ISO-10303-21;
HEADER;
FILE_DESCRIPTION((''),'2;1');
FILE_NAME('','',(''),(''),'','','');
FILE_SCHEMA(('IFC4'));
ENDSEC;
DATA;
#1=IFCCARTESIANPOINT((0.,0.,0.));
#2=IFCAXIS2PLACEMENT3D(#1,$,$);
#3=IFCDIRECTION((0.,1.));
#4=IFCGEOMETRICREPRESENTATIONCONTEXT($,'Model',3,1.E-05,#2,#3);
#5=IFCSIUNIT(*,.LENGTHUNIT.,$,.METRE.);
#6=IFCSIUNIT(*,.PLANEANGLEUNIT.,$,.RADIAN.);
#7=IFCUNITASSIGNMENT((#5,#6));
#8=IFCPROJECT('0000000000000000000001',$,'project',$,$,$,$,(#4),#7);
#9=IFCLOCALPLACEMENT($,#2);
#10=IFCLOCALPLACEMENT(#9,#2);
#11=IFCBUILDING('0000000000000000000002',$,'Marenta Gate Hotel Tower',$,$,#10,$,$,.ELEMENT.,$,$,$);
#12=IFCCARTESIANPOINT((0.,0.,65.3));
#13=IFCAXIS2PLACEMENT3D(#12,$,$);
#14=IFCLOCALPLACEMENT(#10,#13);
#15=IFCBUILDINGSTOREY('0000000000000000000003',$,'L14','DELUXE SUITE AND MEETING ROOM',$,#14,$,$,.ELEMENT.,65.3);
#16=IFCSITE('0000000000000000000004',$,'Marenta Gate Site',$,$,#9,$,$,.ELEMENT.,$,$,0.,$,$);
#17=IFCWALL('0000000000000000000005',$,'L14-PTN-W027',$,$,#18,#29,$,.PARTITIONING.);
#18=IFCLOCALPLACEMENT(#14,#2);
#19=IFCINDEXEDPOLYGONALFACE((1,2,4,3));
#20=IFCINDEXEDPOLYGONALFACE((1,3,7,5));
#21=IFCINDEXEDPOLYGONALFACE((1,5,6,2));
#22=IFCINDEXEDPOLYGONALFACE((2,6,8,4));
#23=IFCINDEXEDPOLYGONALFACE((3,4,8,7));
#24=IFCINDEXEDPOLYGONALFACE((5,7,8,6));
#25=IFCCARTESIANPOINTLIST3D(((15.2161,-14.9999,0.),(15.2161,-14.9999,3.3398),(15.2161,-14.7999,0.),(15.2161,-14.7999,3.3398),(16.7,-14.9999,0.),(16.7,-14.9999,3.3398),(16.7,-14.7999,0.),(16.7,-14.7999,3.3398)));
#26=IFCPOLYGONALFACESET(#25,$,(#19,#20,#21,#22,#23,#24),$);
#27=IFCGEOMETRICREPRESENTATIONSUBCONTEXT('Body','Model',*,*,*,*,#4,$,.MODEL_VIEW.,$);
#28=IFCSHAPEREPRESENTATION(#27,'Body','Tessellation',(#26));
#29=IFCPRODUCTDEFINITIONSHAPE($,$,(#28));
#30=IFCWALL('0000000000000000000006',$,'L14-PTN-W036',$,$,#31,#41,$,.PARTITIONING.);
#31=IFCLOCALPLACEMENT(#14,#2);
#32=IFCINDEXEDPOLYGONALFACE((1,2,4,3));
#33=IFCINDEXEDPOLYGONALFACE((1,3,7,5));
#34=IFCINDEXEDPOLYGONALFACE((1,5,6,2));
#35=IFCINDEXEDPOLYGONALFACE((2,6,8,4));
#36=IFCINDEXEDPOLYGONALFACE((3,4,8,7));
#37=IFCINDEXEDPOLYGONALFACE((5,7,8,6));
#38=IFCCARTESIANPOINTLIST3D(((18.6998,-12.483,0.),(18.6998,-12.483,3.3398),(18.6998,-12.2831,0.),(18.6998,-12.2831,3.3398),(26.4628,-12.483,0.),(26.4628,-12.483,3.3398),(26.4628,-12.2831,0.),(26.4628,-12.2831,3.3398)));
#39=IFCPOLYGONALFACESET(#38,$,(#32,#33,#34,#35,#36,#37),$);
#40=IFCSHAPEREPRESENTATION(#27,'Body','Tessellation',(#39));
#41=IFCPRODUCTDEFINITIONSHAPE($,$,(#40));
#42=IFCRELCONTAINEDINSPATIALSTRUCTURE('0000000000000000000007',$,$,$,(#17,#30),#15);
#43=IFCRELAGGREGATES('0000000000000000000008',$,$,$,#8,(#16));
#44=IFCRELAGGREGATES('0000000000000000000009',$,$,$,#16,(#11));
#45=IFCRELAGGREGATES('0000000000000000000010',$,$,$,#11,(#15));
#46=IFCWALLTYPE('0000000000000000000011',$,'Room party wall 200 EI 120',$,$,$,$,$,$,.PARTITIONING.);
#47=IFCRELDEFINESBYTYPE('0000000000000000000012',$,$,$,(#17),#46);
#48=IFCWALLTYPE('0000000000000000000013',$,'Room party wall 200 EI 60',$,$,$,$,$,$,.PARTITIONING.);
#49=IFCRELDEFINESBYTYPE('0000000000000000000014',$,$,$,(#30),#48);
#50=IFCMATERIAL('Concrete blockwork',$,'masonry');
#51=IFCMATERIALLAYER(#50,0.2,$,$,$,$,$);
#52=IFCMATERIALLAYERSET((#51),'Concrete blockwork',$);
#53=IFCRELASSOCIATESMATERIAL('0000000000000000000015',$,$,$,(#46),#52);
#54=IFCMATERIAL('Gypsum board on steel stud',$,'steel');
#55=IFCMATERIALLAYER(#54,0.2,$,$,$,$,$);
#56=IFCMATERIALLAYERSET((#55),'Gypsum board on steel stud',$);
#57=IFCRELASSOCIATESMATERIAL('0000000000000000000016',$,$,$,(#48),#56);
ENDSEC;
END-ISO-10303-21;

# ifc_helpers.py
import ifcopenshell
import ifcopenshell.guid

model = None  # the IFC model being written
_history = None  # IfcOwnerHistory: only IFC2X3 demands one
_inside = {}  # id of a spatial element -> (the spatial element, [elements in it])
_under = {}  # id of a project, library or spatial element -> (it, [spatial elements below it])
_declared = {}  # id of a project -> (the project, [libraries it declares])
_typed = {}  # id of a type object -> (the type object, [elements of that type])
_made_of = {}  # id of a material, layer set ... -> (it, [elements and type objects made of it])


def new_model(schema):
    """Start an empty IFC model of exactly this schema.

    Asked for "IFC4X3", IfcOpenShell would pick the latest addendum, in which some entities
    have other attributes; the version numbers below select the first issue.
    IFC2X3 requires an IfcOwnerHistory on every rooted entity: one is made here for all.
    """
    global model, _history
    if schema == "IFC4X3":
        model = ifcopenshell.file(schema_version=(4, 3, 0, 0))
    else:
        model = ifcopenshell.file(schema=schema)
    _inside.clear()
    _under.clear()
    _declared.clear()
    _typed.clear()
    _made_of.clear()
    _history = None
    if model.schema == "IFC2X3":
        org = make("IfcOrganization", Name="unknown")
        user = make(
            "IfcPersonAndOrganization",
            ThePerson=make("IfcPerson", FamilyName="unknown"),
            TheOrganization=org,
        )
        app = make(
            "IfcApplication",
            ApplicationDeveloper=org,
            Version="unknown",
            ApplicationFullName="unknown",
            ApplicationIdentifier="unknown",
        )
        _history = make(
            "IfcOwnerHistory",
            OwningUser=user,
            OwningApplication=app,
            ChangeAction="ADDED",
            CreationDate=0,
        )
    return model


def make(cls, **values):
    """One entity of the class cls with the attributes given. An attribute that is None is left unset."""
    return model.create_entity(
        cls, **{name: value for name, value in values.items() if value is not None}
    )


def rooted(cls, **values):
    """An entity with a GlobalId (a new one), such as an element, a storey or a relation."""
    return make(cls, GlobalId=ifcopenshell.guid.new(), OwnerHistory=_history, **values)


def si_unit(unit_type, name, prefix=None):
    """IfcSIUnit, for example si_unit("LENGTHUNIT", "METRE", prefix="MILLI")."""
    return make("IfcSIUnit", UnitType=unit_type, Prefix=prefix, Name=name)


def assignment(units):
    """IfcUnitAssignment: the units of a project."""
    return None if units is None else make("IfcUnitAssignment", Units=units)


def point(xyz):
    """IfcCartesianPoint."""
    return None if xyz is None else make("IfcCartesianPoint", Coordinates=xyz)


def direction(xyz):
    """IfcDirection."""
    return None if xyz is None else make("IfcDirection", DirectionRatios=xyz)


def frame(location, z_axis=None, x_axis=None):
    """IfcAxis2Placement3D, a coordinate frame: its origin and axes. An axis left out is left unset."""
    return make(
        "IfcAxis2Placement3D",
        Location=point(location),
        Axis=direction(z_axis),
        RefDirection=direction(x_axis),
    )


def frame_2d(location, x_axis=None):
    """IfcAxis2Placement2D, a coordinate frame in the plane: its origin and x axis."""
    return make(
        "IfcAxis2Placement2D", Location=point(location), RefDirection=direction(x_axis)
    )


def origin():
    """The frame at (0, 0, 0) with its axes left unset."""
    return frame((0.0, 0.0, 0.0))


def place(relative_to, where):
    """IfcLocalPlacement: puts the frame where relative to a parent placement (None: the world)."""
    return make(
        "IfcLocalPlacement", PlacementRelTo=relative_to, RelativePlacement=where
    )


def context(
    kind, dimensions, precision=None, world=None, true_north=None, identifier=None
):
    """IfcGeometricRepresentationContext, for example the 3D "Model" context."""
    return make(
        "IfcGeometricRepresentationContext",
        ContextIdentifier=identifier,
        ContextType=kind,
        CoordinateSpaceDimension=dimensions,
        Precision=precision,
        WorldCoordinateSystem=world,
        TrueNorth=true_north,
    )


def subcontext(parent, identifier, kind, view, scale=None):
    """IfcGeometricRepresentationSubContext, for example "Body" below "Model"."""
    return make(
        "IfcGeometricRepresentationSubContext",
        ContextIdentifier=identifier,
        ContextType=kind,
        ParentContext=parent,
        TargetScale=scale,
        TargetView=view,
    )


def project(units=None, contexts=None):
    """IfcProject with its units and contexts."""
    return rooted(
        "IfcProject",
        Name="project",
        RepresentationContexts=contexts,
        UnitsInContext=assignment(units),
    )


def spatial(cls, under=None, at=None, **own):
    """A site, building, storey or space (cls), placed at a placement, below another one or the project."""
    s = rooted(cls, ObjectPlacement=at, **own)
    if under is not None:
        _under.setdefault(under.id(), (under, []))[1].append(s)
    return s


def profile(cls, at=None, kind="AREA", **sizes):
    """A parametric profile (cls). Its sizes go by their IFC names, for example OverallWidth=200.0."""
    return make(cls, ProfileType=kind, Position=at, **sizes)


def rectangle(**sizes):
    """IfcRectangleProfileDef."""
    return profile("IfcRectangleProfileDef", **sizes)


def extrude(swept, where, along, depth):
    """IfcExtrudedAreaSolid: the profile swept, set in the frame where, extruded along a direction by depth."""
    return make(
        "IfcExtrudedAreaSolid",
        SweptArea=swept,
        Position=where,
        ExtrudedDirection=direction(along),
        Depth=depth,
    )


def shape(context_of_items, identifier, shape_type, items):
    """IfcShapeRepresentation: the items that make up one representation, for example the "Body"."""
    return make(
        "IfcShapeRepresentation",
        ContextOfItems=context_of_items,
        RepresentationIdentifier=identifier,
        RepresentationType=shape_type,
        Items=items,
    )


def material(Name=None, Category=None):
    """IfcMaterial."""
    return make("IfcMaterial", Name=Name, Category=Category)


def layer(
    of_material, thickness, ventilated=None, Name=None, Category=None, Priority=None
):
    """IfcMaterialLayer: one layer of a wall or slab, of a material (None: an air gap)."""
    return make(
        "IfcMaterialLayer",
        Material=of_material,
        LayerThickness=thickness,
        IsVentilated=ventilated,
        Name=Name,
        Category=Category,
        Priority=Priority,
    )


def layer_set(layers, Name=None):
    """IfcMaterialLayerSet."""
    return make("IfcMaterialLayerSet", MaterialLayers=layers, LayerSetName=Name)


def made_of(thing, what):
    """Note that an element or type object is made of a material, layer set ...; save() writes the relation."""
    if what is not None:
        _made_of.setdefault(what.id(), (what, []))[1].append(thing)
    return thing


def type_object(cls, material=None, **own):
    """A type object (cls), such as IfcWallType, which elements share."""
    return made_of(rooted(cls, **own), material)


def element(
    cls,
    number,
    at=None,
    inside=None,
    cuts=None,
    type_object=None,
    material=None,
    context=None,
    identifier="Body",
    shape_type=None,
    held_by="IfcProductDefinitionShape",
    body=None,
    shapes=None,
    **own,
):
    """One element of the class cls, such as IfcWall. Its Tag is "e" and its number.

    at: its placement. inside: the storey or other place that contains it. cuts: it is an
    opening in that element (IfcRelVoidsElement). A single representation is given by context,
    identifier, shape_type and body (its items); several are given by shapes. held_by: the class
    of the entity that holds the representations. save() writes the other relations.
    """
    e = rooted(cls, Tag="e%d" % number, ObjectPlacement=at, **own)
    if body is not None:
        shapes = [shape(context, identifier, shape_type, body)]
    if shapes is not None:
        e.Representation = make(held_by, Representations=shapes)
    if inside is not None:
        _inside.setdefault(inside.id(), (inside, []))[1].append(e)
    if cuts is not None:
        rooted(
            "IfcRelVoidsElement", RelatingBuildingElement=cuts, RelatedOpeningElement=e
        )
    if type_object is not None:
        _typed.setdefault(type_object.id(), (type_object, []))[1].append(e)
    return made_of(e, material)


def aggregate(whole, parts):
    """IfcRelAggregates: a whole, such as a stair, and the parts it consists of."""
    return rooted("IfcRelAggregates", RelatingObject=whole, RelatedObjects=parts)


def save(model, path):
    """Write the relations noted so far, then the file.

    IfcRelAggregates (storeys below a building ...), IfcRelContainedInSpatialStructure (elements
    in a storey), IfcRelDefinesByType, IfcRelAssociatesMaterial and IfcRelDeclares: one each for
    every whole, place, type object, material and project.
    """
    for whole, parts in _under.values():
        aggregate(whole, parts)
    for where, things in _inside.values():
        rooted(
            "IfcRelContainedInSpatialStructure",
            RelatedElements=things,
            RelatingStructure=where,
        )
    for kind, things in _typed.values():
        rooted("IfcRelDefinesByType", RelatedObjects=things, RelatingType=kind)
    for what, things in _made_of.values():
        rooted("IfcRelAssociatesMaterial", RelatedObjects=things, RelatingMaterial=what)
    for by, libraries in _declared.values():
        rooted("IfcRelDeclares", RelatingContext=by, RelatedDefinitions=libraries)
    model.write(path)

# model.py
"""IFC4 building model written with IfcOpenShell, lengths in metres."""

from ifc_helpers import new_model, si_unit, direction, frame, frame_2d, origin, place, context, subcontext, project, spatial, rectangle, extrude, material, layer, layer_set, type_object, element, save


model = new_model("IFC4")

# Units and contexts
model_context = context("Model", 3, precision=1e-05, world=origin(), true_north=direction((0.0, 1.0)))
body_context = subcontext(model_context, "Body", "Model", "MODEL_VIEW")
ifc_project = project(units=[si_unit("LENGTHUNIT", "METRE"), si_unit("PLANEANGLEUNIT", "RADIAN")], contexts=[model_context])

# Site, building, storey
site_placement = place(None, origin())
site = spatial("IfcSite", under=ifc_project, at=site_placement, Name="Marenta Gate Site", CompositionType="ELEMENT", RefElevation=0.0)
building_placement = place(site_placement, origin())
building = spatial("IfcBuilding", under=site, at=building_placement, Name="Marenta Gate Hotel Tower", CompositionType="ELEMENT")
storey_placement = place(building_placement, frame((0.0, 0.0, 65.3)))
storey = spatial("IfcBuildingStorey", under=building, at=storey_placement, Name="L14", Description="DELUXE SUITE AND MEETING ROOM", CompositionType="ELEMENT", Elevation=65.3)

# Walls
ifc_material_1 = material(Name="Concrete blockwork", Category="masonry")
ifc_layer_1 = layer(ifc_material_1, 0.2)
ifc_layer_set_1 = layer_set([ifc_layer_1], Name="Concrete blockwork")
wall_type_1 = type_object("IfcWallType", Name="Room party wall 200 EI 120", PredefinedType="PARTITIONING", material=ifc_layer_set_1)
wall_1_placement = place(storey_placement, frame((15.2161, -14.8999, 0.0), z_axis=(0.0, 0.0, 1.0), x_axis=(1.0, 0.0, 0.0)))
element("IfcWall", 1, at=wall_1_placement, inside=storey, type_object=wall_type_1, Name="L14-PTN-W027", PredefinedType="PARTITIONING", context=body_context, shape_type="SweptSolid", body=[
    extrude(rectangle(XDim=1.4839, YDim=0.2, at=frame_2d((0.7419, 0.0))), origin(), (0.0, 0.0, 1.0), 3.3398),
])
ifc_material_2 = material(Name="Gypsum board on steel stud", Category="steel")
ifc_layer_2 = layer(ifc_material_2, 0.2)
ifc_layer_set_2 = layer_set([ifc_layer_2], Name="Gypsum board on steel stud")
wall_type_2 = type_object("IfcWallType", Name="Room party wall 200 EI 60", PredefinedType="PARTITIONING", material=ifc_layer_set_2)
wall_2_placement = place(storey_placement, frame((18.7, -12.3831, 0.0), z_axis=(0.0, 0.0, 1.0), x_axis=(1.0, 0.0, 0.0)))
element("IfcWall", 2, at=wall_2_placement, inside=storey, type_object=wall_type_2, Name="L14-PTN-W036", PredefinedType="PARTITIONING", context=body_context, shape_type="SweptSolid", body=[
    extrude(rectangle(XDim=7.7629, YDim=0.2, at=frame_2d((3.8813, 0.0))), origin(), (0.0, 0.0, 1.0), 3.3398),
])

save(model, "model.ifc")
